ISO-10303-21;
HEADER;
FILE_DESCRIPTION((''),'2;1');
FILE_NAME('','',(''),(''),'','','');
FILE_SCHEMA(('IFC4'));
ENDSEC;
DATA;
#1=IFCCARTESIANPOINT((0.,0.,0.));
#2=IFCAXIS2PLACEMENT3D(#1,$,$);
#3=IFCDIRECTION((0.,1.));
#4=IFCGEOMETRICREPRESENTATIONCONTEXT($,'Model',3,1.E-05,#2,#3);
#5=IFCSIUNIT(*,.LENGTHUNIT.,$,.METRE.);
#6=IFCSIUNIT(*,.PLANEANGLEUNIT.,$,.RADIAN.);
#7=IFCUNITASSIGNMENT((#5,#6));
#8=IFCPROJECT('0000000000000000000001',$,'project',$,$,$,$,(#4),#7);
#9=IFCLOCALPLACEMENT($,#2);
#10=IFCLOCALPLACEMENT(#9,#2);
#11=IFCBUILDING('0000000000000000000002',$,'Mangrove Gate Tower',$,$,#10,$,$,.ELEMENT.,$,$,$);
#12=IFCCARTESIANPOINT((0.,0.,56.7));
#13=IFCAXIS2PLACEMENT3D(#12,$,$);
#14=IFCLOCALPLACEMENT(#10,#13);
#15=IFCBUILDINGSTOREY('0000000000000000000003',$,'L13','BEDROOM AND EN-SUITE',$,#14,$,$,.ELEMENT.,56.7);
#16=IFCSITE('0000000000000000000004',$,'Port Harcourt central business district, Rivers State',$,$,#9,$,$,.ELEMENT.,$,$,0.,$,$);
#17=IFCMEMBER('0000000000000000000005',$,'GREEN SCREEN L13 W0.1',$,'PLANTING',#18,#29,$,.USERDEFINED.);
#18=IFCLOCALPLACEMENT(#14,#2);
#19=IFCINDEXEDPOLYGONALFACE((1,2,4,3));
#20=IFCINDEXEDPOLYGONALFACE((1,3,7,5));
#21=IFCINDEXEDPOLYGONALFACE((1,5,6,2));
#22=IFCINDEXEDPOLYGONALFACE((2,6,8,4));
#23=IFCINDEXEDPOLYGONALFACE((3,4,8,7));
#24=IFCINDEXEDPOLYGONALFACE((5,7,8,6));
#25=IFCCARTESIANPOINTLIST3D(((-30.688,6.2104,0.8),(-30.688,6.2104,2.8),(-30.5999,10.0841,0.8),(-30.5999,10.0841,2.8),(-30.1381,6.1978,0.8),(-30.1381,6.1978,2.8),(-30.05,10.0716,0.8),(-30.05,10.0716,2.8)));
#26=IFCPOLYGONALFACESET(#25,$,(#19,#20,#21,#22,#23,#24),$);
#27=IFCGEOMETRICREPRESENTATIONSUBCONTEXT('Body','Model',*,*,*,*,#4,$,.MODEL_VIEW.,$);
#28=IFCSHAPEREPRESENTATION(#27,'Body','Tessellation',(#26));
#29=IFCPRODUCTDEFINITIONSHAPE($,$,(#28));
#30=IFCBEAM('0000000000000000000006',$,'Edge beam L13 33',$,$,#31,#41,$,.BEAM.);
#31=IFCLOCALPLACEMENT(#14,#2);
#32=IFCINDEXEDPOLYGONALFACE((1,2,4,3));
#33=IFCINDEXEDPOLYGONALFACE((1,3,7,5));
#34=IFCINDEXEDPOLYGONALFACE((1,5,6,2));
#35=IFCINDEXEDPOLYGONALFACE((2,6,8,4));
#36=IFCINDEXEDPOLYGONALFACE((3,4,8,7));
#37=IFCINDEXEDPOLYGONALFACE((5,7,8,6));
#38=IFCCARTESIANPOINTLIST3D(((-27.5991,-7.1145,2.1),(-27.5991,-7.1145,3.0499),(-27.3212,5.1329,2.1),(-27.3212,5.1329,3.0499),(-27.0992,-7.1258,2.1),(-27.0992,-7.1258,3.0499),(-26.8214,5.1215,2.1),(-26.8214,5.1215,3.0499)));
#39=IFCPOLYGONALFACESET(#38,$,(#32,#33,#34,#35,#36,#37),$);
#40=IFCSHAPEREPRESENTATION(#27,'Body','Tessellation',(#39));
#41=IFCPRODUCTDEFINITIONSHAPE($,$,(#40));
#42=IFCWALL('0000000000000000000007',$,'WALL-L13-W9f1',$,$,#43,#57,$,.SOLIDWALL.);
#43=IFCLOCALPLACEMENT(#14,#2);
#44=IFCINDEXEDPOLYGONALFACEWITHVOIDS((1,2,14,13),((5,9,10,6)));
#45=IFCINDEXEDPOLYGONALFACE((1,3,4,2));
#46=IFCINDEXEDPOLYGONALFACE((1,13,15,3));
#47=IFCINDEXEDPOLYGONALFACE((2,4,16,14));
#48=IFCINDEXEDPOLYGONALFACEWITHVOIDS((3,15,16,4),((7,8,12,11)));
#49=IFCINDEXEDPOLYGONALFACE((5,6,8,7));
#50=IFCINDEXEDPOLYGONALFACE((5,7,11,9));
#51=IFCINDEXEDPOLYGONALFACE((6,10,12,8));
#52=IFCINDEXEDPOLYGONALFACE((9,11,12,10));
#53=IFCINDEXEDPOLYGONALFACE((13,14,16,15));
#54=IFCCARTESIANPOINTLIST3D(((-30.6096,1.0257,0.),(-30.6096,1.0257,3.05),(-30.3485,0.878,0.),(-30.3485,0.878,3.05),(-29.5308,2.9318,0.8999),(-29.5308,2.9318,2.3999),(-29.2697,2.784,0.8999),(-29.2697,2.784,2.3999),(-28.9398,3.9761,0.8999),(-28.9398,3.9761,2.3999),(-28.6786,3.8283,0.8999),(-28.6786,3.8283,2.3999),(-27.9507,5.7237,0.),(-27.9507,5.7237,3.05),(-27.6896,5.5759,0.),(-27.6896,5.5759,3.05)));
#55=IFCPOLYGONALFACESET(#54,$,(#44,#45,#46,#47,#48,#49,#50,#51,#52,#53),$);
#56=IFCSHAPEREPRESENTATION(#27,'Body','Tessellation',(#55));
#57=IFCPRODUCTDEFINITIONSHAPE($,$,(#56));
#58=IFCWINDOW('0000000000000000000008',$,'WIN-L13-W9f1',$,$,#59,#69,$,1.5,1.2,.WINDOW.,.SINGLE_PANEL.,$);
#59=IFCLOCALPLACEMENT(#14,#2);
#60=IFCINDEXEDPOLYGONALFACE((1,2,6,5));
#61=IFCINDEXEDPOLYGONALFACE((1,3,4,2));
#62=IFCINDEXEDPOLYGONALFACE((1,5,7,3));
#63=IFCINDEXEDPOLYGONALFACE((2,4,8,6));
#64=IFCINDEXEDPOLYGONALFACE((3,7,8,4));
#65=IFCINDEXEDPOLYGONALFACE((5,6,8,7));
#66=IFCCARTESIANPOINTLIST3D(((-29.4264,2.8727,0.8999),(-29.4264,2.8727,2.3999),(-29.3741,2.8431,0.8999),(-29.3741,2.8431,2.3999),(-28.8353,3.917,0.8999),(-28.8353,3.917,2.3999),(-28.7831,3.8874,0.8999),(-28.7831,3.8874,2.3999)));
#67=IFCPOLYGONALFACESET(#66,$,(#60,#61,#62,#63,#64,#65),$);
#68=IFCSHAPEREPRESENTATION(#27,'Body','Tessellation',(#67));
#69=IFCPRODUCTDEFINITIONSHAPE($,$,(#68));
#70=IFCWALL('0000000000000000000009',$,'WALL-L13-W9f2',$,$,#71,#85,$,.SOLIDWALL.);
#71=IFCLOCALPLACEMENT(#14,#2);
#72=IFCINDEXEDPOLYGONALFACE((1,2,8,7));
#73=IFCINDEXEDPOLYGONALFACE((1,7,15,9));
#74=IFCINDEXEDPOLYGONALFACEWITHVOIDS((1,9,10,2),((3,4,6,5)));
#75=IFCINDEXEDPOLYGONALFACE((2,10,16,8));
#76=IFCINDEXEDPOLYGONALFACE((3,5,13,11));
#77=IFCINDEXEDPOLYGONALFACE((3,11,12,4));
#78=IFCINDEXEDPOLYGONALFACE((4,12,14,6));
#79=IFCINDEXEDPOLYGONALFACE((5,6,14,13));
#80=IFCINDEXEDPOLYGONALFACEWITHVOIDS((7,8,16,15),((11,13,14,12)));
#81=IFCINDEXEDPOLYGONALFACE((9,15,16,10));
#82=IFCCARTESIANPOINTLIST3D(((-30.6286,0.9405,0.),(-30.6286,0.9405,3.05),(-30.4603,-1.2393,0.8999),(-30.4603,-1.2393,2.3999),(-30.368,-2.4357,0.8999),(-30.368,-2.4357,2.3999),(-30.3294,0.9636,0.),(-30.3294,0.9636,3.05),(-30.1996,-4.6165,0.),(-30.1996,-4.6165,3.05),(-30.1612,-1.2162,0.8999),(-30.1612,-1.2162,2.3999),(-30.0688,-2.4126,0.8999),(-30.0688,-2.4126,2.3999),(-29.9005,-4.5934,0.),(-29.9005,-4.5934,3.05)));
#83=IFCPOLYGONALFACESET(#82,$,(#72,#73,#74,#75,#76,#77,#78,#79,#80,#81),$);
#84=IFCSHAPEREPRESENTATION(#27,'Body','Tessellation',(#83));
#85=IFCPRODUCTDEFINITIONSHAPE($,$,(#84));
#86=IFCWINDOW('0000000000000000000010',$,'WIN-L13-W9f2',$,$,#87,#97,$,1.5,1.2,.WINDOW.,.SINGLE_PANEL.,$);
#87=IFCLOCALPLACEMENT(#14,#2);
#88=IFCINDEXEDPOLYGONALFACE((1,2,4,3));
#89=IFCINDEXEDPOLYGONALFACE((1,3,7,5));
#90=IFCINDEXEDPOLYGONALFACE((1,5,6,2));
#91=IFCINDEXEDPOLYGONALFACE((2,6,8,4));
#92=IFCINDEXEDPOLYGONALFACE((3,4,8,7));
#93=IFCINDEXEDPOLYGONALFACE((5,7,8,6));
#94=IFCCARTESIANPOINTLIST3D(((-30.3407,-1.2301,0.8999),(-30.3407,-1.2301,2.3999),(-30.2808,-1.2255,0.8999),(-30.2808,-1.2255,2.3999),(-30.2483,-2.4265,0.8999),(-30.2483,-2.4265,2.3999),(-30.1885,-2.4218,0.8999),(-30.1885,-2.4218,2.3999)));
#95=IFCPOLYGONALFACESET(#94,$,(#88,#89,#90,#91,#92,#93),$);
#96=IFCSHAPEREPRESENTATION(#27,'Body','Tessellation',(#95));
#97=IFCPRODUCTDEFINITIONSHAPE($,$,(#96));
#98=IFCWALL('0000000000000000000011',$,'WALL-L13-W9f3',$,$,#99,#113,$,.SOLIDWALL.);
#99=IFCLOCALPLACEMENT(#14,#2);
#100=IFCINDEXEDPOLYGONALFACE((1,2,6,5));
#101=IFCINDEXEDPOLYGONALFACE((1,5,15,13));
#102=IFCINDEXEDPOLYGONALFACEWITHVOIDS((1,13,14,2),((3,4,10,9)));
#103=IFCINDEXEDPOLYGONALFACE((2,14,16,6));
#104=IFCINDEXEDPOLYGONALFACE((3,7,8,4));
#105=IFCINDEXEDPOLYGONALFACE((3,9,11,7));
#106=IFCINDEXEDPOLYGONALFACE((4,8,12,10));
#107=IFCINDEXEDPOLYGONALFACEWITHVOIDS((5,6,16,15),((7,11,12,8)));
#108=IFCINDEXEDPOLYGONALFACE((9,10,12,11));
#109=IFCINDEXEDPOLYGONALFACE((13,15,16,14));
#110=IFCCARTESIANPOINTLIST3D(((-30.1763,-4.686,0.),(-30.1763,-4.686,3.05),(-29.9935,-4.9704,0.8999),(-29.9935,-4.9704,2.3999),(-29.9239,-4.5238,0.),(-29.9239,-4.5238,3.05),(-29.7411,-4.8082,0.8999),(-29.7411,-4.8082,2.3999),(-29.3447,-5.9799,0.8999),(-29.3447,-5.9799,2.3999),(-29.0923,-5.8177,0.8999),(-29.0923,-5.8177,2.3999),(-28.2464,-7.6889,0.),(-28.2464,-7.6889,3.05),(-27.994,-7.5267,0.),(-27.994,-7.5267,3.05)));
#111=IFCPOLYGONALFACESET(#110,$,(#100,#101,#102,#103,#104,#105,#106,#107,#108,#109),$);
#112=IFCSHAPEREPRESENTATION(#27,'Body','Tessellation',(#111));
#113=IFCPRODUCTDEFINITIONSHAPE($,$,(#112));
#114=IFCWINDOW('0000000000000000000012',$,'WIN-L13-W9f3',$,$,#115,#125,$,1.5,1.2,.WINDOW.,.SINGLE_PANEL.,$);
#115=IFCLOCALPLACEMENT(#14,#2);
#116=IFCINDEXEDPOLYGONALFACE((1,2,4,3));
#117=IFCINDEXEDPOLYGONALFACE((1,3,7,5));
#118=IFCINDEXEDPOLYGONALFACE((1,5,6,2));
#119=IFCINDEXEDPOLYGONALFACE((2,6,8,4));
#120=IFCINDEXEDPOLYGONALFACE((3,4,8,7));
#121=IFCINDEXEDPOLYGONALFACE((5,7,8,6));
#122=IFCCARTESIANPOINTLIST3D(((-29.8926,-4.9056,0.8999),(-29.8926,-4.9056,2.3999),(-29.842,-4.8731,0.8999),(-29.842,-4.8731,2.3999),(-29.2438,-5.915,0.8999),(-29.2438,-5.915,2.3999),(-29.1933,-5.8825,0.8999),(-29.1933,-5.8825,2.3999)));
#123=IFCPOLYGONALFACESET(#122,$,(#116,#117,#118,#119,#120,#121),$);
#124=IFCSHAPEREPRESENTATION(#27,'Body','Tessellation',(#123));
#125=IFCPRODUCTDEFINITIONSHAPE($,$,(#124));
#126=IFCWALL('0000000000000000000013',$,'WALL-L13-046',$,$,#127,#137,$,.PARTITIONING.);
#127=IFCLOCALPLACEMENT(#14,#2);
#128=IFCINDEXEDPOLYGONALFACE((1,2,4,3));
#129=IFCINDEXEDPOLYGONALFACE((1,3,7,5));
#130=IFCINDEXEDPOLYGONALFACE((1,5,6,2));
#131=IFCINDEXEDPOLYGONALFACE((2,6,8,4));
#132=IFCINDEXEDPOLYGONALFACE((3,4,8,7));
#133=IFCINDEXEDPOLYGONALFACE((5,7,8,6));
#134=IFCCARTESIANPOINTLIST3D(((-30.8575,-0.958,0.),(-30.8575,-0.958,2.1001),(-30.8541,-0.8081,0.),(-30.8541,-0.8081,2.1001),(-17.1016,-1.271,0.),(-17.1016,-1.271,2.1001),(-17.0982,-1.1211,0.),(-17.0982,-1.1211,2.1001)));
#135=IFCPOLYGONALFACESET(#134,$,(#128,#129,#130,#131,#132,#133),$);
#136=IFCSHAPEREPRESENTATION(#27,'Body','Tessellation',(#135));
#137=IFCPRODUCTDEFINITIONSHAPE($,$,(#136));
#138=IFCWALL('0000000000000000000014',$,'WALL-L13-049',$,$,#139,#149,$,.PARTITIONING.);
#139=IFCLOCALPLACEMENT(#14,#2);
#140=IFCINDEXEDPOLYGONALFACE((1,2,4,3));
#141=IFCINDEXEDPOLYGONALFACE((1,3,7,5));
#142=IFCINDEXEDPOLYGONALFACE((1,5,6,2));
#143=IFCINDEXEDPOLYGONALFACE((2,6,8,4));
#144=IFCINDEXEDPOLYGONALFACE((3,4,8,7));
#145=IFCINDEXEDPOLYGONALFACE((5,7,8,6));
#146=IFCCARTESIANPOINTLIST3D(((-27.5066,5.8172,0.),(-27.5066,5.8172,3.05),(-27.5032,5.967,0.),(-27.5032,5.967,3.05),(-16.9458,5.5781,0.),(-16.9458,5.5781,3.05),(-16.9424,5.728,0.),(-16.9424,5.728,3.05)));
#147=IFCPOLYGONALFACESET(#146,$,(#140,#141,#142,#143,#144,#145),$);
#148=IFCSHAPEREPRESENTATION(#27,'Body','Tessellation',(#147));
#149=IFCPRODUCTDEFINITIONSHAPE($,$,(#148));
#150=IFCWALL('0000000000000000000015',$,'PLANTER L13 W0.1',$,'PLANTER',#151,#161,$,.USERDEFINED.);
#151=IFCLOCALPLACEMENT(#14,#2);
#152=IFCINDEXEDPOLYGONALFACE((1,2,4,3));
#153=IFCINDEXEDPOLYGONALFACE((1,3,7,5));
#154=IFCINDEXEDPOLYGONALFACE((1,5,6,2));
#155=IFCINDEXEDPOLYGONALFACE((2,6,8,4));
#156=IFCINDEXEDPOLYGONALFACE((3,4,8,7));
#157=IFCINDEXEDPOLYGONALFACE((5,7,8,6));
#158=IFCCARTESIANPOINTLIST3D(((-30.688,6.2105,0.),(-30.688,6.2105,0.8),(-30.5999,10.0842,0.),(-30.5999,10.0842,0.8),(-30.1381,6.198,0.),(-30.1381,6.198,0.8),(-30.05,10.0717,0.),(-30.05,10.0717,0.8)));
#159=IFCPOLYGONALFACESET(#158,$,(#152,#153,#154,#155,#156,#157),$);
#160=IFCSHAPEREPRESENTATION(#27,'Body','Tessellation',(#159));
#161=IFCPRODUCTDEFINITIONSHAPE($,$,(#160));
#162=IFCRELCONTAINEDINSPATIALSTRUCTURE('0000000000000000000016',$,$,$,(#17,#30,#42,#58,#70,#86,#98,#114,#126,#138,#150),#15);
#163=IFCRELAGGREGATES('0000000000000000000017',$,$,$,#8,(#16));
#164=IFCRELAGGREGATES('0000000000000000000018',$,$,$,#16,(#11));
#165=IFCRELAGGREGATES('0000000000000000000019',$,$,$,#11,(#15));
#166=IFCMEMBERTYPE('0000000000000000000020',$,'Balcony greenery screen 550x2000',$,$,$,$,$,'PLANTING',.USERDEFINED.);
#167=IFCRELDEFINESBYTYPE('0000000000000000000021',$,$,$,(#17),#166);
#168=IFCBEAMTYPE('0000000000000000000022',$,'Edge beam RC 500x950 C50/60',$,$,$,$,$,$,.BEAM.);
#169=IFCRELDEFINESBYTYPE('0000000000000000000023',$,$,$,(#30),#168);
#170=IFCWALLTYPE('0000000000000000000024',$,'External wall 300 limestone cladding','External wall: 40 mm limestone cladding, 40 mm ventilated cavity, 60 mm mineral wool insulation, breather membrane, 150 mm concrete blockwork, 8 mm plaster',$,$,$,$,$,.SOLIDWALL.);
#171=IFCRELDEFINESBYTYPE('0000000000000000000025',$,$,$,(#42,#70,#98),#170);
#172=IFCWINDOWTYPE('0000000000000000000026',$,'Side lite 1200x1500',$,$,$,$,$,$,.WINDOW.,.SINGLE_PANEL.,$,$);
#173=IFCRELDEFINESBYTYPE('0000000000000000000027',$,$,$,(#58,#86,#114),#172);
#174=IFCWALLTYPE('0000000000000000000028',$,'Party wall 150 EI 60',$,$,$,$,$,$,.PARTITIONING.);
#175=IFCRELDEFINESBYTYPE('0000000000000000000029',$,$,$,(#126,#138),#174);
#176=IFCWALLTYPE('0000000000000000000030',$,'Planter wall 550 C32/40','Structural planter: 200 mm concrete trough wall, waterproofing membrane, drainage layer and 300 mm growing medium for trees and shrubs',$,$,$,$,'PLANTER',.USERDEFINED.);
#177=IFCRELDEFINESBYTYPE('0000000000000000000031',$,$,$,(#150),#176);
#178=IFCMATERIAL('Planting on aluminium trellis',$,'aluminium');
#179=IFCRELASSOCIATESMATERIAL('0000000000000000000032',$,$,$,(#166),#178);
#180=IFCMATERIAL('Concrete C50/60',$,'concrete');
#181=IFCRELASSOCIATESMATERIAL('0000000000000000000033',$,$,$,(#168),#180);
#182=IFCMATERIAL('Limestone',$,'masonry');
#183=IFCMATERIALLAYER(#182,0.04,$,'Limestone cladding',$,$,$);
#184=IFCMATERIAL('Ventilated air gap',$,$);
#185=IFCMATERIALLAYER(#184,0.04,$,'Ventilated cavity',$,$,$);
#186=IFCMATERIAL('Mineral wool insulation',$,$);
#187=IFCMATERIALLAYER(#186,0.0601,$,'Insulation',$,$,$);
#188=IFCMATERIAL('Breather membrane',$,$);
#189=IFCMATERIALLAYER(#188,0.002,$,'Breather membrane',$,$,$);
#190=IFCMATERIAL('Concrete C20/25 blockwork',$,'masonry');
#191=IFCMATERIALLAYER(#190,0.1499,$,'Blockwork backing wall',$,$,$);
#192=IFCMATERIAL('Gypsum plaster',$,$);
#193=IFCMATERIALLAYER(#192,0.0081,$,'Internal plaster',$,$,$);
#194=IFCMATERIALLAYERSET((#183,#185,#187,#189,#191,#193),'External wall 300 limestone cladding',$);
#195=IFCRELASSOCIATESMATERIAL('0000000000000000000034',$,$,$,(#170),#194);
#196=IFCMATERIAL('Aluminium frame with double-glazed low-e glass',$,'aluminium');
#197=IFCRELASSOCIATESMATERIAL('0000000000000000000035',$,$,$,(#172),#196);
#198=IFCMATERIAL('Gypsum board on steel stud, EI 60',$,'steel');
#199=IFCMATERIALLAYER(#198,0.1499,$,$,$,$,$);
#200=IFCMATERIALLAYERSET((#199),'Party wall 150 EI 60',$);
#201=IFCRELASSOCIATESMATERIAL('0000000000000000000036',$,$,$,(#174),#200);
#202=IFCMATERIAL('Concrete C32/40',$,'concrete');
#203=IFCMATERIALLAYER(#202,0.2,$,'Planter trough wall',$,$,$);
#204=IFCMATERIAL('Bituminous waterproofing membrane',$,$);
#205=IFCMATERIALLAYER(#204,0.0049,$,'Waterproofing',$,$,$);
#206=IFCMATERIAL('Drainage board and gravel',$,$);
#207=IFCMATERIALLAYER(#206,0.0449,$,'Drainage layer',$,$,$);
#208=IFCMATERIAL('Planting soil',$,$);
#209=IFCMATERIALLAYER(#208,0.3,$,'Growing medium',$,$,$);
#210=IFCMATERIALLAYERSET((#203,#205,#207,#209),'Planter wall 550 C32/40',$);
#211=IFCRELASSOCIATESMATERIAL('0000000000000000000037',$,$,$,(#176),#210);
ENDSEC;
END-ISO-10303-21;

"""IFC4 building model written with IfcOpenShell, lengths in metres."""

from ifc_helpers import new_model, si_unit, direction, frame, frame_2d, origin, origin_2d, place, context, subcontext, project, spatial, rectangle, extrude, material, layer, layer_set, material_profile, profile_set, type_object, element, fill, save


model = new_model("IFC4")

# Units and contexts
model_context = context("Model", 3, precision=1e-05, world=origin(), true_north=direction((0.0, 1.0)))
body_context = subcontext(model_context, "Body", "Model", "MODEL_VIEW")
ifc_project = project(units=[si_unit("LENGTHUNIT", "METRE"), si_unit("PLANEANGLEUNIT", "RADIAN")], contexts=[model_context])

# Site, building, storey
site_placement = place(None, origin())
site = spatial("IfcSite", under=ifc_project, at=site_placement, Name="Port Harcourt central business district, Rivers State", CompositionType="ELEMENT", RefElevation=0.0)
building_placement = place(site_placement, origin())
building = spatial("IfcBuilding", under=site, at=building_placement, Name="Mangrove Gate Tower", CompositionType="ELEMENT")
storey_placement = place(building_placement, frame((0.0, 0.0, 56.7)))
storey = spatial("IfcBuildingStorey", under=building, at=storey_placement, Name="L13", Description="BEDROOM AND EN-SUITE", CompositionType="ELEMENT", Elevation=56.7)

# Member
ifc_material_1 = material(Name="Planting on aluminium trellis", Category="aluminium")
ifc_material_profile_1 = material_profile(ifc_material_1, rectangle(XDim=0.55, YDim=2.0, at=origin_2d()))
ifc_profile_set_1 = profile_set([ifc_material_profile_1], Name="Planting on aluminium trellis")
member_type = type_object("IfcMemberType", Name="Balcony greenery screen 550x2000", ElementType="PLANTING", PredefinedType="USERDEFINED", material=ifc_profile_set_1)
member_placement = place(storey_placement, frame((-30.4131, 6.2041, 1.8), z_axis=(0.022746, 0.999741, 0.0), x_axis=(-0.999741, 0.022746, 0.0)))
element("IfcMember", 1, at=member_placement, inside=storey, type_object=member_type, Name="GREEN SCREEN L13 W0.1", ObjectType="PLANTING", PredefinedType="USERDEFINED", context=body_context, shape_type="SweptSolid", body=[
    extrude(rectangle(XDim=0.55, YDim=2.0, at=origin_2d()), origin(), (0.0, 0.0, 1.0), 3.8748),
])

# Beam
ifc_material_2 = material(Name="Concrete C50/60", Category="concrete")
ifc_material_profile_2 = material_profile(ifc_material_2, rectangle(XDim=0.5, YDim=0.95, at=origin_2d()))
ifc_profile_set_2 = profile_set([ifc_material_profile_2], Name="Concrete C50/60")
beam_type = type_object("IfcBeamType", Name="Edge beam RC 500x950 C50/60", PredefinedType="BEAM", material=ifc_profile_set_2)
beam_placement = place(storey_placement, frame((-27.0713, 5.1272, 2.575), z_axis=(-0.022679, -0.999743, 0.0), x_axis=(0.999743, -0.022679, 0.0)))
element("IfcBeam", 2, at=beam_placement, inside=storey, type_object=beam_type, Name="Edge beam L13 33", PredefinedType="BEAM", context=body_context, shape_type="SweptSolid", body=[
    extrude(rectangle(XDim=0.5, YDim=0.95, at=origin_2d()), origin(), (0.0, 0.0, 1.0), 12.2505),
])

# Walls, openings, windows
ifc_material_3 = material(Name="Limestone", Category="masonry")
ifc_layer_1 = layer(ifc_material_3, 0.04, Name="Limestone cladding")
ifc_material_4 = material(Name="Ventilated air gap")
ifc_layer_2 = layer(ifc_material_4, 0.04, Name="Ventilated cavity")
ifc_material_5 = material(Name="Mineral wool insulation")
ifc_layer_3 = layer(ifc_material_5, 0.0601, Name="Insulation")
ifc_material_6 = material(Name="Breather membrane")
ifc_layer_4 = layer(ifc_material_6, 0.002, Name="Breather membrane")
ifc_material_7 = material(Name="Concrete C20/25 blockwork", Category="masonry")
ifc_layer_5 = layer(ifc_material_7, 0.1499, Name="Blockwork backing wall")
ifc_material_8 = material(Name="Gypsum plaster")
ifc_layer_6 = layer(ifc_material_8, 0.0081, Name="Internal plaster")
ifc_layer_set_1 = layer_set([ifc_layer_1, ifc_layer_2, ifc_layer_3, ifc_layer_4, ifc_layer_5, ifc_layer_6], Name="External wall 300 limestone cladding")
wall_type_1 = type_object("IfcWallType", Name="External wall 300 limestone cladding", Description="External wall: 40 mm limestone cladding, 40 mm ventilated cavity, 60 mm mineral wool insulation, breather membrane, 150 mm concrete blockwork, 8 mm plaster", PredefinedType="SOLIDWALL", material=ifc_layer_set_1)
wall_1_placement = place(storey_placement, frame((-27.8201, 5.6499, 0.0), z_axis=(0.0, 0.0, 1.0), x_axis=(-0.492555, -0.870281, 0.0)))
wall_1 = element("IfcWall", 3, at=wall_1_placement, inside=storey, type_object=wall_type_1, Name="WALL-L13-W9f1", PredefinedType="SOLIDWALL", context=body_context, shape_type="SweptSolid", body=[
    extrude(rectangle(XDim=5.3982, YDim=0.3, at=frame_2d((2.6992, 0.0))), origin(), (0.0, 0.0, 1.0), 3.05),
])
opening_1_placement = place(wall_1_placement, frame((2.0081, 0.0, 0.8999)))
opening_1 = element("IfcOpeningElement", 4, at=opening_1_placement, cuts=wall_1, PredefinedType="OPENING", context=body_context, shape_type="SweptSolid", body=[
    extrude(rectangle(XDim=1.2, YDim=1.5, at=frame_2d((0.6001, 0.75))), frame((0.0, 0.1599, 0.0), z_axis=(0.0, -1.0, 0.0), x_axis=(1.0, 0.0, 0.0)), (0.0, 0.0, 1.0), 0.3201),
])
ifc_material_9 = material(Name="Aluminium frame with double-glazed low-e glass", Category="aluminium")
window_type = type_object("IfcWindowType", Name="Side lite 1200x1500", PartitioningType="SINGLE_PANEL", PredefinedType="WINDOW", material=ifc_material_9)
window_1_placement = place(opening_1_placement, origin())
window_1 = element("IfcWindow", 5, at=window_1_placement, inside=storey, type_object=window_type, Name="WIN-L13-W9f1", OverallHeight=1.5, OverallWidth=1.2, PartitioningType="SINGLE_PANEL", PredefinedType="WINDOW", context=body_context, shape_type="SweptSolid", body=[
    extrude(rectangle(XDim=1.2, YDim=1.5, at=frame_2d((0.6001, 0.75))), frame((0.0, 0.03, 0.0), z_axis=(0.0, -1.0, 0.0), x_axis=(1.0, 0.0, 0.0)), (0.0, 0.0, 1.0), 0.0601),
])
fill(opening_1, window_1)
wall_2_placement = place(storey_placement, frame((-30.479, 0.9519, 0.0), z_axis=(0.0, 0.0, 1.0), x_axis=(0.076964, -0.997034, 0.0)))
wall_2 = element("IfcWall", 6, at=wall_2_placement, inside=storey, type_object=wall_type_1, Name="WALL-L13-W9f2", PredefinedType="SOLIDWALL", context=body_context, shape_type="SweptSolid", body=[
    extrude(rectangle(XDim=5.5735, YDim=0.3, at=frame_2d((2.7866, 0.0))), origin(), (0.0, 0.0, 1.0), 3.05),
])
opening_2_placement = place(wall_2_placement, frame((2.186, 0.0, 0.8999)))
opening_2 = element("IfcOpeningElement", 7, at=opening_2_placement, cuts=wall_2, PredefinedType="OPENING", context=body_context, shape_type="SweptSolid", body=[
    extrude(rectangle(XDim=1.2, YDim=1.5, at=frame_2d((0.6001, 0.75))), frame((0.0, 0.1599, 0.0), z_axis=(0.0, -1.0, 0.0), x_axis=(1.0, 0.0, 0.0)), (0.0, 0.0, 1.0), 0.3201),
])
window_2_placement = place(opening_2_placement, origin())
window_2 = element("IfcWindow", 8, at=window_2_placement, inside=storey, type_object=window_type, Name="WIN-L13-W9f2", OverallHeight=1.5, OverallWidth=1.2, PartitioningType="SINGLE_PANEL", PredefinedType="WINDOW", context=body_context, shape_type="SweptSolid", body=[
    extrude(rectangle(XDim=1.2, YDim=1.5, at=frame_2d((0.6001, 0.75))), frame((0.0, 0.03, 0.0), z_axis=(0.0, -1.0, 0.0), x_axis=(1.0, 0.0, 0.0)), (0.0, 0.0, 1.0), 0.0601),
])
fill(opening_2, window_2)
wall_3_placement = place(storey_placement, frame((-30.05, -4.605, 0.0), z_axis=(0.0, 0.0, 1.0), x_axis=(0.540654, -0.841245, 0.0)))
wall_3 = element("IfcWall", 9, at=wall_3_placement, inside=storey, type_object=wall_type_1, Name="WALL-L13-W9f3", PredefinedType="SOLIDWALL", context=body_context, shape_type="SweptSolid", body=[
    extrude(rectangle(XDim=3.5696, YDim=0.3, at=frame_2d((1.7847, 0.0))), origin(), (0.0, 0.0, 1.0), 3.05),
])
opening_3_placement = place(wall_3_placement, frame((0.3379, 0.0, 0.8999)))
opening_3 = element("IfcOpeningElement", 10, at=opening_3_placement, cuts=wall_3, PredefinedType="OPENING", context=body_context, shape_type="SweptSolid", body=[
    extrude(rectangle(XDim=1.2, YDim=1.5, at=frame_2d((0.6001, 0.75))), frame((0.0, 0.1599, 0.0), z_axis=(0.0, -1.0, 0.0), x_axis=(1.0, 0.0, 0.0)), (0.0, 0.0, 1.0), 0.3201),
])
window_3_placement = place(opening_3_placement, origin())
window_3 = element("IfcWindow", 11, at=window_3_placement, inside=storey, type_object=window_type, Name="WIN-L13-W9f3", OverallHeight=1.5, OverallWidth=1.2, PartitioningType="SINGLE_PANEL", PredefinedType="WINDOW", context=body_context, shape_type="SweptSolid", body=[
    extrude(rectangle(XDim=1.2, YDim=1.5, at=frame_2d((0.6001, 0.75))), frame((0.0, 0.03, 0.0), z_axis=(0.0, -1.0, 0.0), x_axis=(1.0, 0.0, 0.0)), (0.0, 0.0, 1.0), 0.0601),
])
fill(opening_3, window_3)

# Walls
ifc_material_10 = material(Name="Gypsum board on steel stud, EI 60", Category="steel")
ifc_layer_7 = layer(ifc_material_10, 0.1499)
ifc_layer_set_2 = layer_set([ifc_layer_7], Name="Party wall 150 EI 60")
wall_type_2 = type_object("IfcWallType", Name="Party wall 150 EI 60", PredefinedType="PARTITIONING", material=ifc_layer_set_2)
wall_4_placement = place(storey_placement, frame((-30.856, -0.8831, 0.0), z_axis=(0.0, 0.0, 1.0), x_axis=(0.999741, -0.022747, 0.0)))
element("IfcWall", 12, at=wall_4_placement, inside=storey, type_object=wall_type_2, Name="WALL-L13-046", PredefinedType="PARTITIONING", context=body_context, shape_type="SweptSolid", body=[
    extrude(rectangle(XDim=13.7595, YDim=0.1499, at=frame_2d((6.8799, 0.0))), origin(), (0.0, 0.0, 1.0), 2.1001),
])
wall_5_placement = place(storey_placement, frame((-27.5049, 5.8921, 0.0), z_axis=(0.0, 0.0, 1.0), x_axis=(0.999744, -0.022626, 0.0)))
element("IfcWall", 13, at=wall_5_placement, inside=storey, type_object=wall_type_2, Name="WALL-L13-049", PredefinedType="PARTITIONING", context=body_context, shape_type="SweptSolid", body=[
    extrude(rectangle(XDim=10.5635, YDim=0.1499, at=frame_2d((5.2817, 0.0))), origin(), (0.0, 0.0, 1.0), 3.05),
])
ifc_material_11 = material(Name="Concrete C32/40", Category="concrete")
ifc_layer_8 = layer(ifc_material_11, 0.2, Name="Planter trough wall")
ifc_material_12 = material(Name="Bituminous waterproofing membrane")
ifc_layer_9 = layer(ifc_material_12, 0.0049, Name="Waterproofing")
ifc_material_13 = material(Name="Drainage board and gravel")
ifc_layer_10 = layer(ifc_material_13, 0.0449, Name="Drainage layer")
ifc_material_14 = material(Name="Planting soil")
ifc_layer_11 = layer(ifc_material_14, 0.3, Name="Growing medium")
ifc_layer_set_3 = layer_set([ifc_layer_8, ifc_layer_9, ifc_layer_10, ifc_layer_11], Name="Planter wall 550 C32/40")
wall_type_3 = type_object("IfcWallType", Name="Planter wall 550 C32/40", Description="Structural planter: 200 mm concrete trough wall, waterproofing membrane, drainage layer and 300 mm growing medium for trees and shrubs", ElementType="PLANTER", PredefinedType="USERDEFINED", material=ifc_layer_set_3)
wall_6_placement = place(storey_placement, frame((-30.4131, 6.2041, 0.0), z_axis=(0.0, 0.0, 1.0), x_axis=(0.022746, 0.999741, 0.0)))
element("IfcWall", 14, at=wall_6_placement, inside=storey, type_object=wall_type_3, Name="PLANTER L13 W0.1", ObjectType="PLANTER", PredefinedType="USERDEFINED", context=body_context, shape_type="SweptSolid", body=[
    extrude(rectangle(XDim=3.8748, YDim=0.55, at=frame_2d((1.9375, 0.0))), origin(), (0.0, 0.0, 1.0), 0.8),
])

save(model, "model.ifc")
